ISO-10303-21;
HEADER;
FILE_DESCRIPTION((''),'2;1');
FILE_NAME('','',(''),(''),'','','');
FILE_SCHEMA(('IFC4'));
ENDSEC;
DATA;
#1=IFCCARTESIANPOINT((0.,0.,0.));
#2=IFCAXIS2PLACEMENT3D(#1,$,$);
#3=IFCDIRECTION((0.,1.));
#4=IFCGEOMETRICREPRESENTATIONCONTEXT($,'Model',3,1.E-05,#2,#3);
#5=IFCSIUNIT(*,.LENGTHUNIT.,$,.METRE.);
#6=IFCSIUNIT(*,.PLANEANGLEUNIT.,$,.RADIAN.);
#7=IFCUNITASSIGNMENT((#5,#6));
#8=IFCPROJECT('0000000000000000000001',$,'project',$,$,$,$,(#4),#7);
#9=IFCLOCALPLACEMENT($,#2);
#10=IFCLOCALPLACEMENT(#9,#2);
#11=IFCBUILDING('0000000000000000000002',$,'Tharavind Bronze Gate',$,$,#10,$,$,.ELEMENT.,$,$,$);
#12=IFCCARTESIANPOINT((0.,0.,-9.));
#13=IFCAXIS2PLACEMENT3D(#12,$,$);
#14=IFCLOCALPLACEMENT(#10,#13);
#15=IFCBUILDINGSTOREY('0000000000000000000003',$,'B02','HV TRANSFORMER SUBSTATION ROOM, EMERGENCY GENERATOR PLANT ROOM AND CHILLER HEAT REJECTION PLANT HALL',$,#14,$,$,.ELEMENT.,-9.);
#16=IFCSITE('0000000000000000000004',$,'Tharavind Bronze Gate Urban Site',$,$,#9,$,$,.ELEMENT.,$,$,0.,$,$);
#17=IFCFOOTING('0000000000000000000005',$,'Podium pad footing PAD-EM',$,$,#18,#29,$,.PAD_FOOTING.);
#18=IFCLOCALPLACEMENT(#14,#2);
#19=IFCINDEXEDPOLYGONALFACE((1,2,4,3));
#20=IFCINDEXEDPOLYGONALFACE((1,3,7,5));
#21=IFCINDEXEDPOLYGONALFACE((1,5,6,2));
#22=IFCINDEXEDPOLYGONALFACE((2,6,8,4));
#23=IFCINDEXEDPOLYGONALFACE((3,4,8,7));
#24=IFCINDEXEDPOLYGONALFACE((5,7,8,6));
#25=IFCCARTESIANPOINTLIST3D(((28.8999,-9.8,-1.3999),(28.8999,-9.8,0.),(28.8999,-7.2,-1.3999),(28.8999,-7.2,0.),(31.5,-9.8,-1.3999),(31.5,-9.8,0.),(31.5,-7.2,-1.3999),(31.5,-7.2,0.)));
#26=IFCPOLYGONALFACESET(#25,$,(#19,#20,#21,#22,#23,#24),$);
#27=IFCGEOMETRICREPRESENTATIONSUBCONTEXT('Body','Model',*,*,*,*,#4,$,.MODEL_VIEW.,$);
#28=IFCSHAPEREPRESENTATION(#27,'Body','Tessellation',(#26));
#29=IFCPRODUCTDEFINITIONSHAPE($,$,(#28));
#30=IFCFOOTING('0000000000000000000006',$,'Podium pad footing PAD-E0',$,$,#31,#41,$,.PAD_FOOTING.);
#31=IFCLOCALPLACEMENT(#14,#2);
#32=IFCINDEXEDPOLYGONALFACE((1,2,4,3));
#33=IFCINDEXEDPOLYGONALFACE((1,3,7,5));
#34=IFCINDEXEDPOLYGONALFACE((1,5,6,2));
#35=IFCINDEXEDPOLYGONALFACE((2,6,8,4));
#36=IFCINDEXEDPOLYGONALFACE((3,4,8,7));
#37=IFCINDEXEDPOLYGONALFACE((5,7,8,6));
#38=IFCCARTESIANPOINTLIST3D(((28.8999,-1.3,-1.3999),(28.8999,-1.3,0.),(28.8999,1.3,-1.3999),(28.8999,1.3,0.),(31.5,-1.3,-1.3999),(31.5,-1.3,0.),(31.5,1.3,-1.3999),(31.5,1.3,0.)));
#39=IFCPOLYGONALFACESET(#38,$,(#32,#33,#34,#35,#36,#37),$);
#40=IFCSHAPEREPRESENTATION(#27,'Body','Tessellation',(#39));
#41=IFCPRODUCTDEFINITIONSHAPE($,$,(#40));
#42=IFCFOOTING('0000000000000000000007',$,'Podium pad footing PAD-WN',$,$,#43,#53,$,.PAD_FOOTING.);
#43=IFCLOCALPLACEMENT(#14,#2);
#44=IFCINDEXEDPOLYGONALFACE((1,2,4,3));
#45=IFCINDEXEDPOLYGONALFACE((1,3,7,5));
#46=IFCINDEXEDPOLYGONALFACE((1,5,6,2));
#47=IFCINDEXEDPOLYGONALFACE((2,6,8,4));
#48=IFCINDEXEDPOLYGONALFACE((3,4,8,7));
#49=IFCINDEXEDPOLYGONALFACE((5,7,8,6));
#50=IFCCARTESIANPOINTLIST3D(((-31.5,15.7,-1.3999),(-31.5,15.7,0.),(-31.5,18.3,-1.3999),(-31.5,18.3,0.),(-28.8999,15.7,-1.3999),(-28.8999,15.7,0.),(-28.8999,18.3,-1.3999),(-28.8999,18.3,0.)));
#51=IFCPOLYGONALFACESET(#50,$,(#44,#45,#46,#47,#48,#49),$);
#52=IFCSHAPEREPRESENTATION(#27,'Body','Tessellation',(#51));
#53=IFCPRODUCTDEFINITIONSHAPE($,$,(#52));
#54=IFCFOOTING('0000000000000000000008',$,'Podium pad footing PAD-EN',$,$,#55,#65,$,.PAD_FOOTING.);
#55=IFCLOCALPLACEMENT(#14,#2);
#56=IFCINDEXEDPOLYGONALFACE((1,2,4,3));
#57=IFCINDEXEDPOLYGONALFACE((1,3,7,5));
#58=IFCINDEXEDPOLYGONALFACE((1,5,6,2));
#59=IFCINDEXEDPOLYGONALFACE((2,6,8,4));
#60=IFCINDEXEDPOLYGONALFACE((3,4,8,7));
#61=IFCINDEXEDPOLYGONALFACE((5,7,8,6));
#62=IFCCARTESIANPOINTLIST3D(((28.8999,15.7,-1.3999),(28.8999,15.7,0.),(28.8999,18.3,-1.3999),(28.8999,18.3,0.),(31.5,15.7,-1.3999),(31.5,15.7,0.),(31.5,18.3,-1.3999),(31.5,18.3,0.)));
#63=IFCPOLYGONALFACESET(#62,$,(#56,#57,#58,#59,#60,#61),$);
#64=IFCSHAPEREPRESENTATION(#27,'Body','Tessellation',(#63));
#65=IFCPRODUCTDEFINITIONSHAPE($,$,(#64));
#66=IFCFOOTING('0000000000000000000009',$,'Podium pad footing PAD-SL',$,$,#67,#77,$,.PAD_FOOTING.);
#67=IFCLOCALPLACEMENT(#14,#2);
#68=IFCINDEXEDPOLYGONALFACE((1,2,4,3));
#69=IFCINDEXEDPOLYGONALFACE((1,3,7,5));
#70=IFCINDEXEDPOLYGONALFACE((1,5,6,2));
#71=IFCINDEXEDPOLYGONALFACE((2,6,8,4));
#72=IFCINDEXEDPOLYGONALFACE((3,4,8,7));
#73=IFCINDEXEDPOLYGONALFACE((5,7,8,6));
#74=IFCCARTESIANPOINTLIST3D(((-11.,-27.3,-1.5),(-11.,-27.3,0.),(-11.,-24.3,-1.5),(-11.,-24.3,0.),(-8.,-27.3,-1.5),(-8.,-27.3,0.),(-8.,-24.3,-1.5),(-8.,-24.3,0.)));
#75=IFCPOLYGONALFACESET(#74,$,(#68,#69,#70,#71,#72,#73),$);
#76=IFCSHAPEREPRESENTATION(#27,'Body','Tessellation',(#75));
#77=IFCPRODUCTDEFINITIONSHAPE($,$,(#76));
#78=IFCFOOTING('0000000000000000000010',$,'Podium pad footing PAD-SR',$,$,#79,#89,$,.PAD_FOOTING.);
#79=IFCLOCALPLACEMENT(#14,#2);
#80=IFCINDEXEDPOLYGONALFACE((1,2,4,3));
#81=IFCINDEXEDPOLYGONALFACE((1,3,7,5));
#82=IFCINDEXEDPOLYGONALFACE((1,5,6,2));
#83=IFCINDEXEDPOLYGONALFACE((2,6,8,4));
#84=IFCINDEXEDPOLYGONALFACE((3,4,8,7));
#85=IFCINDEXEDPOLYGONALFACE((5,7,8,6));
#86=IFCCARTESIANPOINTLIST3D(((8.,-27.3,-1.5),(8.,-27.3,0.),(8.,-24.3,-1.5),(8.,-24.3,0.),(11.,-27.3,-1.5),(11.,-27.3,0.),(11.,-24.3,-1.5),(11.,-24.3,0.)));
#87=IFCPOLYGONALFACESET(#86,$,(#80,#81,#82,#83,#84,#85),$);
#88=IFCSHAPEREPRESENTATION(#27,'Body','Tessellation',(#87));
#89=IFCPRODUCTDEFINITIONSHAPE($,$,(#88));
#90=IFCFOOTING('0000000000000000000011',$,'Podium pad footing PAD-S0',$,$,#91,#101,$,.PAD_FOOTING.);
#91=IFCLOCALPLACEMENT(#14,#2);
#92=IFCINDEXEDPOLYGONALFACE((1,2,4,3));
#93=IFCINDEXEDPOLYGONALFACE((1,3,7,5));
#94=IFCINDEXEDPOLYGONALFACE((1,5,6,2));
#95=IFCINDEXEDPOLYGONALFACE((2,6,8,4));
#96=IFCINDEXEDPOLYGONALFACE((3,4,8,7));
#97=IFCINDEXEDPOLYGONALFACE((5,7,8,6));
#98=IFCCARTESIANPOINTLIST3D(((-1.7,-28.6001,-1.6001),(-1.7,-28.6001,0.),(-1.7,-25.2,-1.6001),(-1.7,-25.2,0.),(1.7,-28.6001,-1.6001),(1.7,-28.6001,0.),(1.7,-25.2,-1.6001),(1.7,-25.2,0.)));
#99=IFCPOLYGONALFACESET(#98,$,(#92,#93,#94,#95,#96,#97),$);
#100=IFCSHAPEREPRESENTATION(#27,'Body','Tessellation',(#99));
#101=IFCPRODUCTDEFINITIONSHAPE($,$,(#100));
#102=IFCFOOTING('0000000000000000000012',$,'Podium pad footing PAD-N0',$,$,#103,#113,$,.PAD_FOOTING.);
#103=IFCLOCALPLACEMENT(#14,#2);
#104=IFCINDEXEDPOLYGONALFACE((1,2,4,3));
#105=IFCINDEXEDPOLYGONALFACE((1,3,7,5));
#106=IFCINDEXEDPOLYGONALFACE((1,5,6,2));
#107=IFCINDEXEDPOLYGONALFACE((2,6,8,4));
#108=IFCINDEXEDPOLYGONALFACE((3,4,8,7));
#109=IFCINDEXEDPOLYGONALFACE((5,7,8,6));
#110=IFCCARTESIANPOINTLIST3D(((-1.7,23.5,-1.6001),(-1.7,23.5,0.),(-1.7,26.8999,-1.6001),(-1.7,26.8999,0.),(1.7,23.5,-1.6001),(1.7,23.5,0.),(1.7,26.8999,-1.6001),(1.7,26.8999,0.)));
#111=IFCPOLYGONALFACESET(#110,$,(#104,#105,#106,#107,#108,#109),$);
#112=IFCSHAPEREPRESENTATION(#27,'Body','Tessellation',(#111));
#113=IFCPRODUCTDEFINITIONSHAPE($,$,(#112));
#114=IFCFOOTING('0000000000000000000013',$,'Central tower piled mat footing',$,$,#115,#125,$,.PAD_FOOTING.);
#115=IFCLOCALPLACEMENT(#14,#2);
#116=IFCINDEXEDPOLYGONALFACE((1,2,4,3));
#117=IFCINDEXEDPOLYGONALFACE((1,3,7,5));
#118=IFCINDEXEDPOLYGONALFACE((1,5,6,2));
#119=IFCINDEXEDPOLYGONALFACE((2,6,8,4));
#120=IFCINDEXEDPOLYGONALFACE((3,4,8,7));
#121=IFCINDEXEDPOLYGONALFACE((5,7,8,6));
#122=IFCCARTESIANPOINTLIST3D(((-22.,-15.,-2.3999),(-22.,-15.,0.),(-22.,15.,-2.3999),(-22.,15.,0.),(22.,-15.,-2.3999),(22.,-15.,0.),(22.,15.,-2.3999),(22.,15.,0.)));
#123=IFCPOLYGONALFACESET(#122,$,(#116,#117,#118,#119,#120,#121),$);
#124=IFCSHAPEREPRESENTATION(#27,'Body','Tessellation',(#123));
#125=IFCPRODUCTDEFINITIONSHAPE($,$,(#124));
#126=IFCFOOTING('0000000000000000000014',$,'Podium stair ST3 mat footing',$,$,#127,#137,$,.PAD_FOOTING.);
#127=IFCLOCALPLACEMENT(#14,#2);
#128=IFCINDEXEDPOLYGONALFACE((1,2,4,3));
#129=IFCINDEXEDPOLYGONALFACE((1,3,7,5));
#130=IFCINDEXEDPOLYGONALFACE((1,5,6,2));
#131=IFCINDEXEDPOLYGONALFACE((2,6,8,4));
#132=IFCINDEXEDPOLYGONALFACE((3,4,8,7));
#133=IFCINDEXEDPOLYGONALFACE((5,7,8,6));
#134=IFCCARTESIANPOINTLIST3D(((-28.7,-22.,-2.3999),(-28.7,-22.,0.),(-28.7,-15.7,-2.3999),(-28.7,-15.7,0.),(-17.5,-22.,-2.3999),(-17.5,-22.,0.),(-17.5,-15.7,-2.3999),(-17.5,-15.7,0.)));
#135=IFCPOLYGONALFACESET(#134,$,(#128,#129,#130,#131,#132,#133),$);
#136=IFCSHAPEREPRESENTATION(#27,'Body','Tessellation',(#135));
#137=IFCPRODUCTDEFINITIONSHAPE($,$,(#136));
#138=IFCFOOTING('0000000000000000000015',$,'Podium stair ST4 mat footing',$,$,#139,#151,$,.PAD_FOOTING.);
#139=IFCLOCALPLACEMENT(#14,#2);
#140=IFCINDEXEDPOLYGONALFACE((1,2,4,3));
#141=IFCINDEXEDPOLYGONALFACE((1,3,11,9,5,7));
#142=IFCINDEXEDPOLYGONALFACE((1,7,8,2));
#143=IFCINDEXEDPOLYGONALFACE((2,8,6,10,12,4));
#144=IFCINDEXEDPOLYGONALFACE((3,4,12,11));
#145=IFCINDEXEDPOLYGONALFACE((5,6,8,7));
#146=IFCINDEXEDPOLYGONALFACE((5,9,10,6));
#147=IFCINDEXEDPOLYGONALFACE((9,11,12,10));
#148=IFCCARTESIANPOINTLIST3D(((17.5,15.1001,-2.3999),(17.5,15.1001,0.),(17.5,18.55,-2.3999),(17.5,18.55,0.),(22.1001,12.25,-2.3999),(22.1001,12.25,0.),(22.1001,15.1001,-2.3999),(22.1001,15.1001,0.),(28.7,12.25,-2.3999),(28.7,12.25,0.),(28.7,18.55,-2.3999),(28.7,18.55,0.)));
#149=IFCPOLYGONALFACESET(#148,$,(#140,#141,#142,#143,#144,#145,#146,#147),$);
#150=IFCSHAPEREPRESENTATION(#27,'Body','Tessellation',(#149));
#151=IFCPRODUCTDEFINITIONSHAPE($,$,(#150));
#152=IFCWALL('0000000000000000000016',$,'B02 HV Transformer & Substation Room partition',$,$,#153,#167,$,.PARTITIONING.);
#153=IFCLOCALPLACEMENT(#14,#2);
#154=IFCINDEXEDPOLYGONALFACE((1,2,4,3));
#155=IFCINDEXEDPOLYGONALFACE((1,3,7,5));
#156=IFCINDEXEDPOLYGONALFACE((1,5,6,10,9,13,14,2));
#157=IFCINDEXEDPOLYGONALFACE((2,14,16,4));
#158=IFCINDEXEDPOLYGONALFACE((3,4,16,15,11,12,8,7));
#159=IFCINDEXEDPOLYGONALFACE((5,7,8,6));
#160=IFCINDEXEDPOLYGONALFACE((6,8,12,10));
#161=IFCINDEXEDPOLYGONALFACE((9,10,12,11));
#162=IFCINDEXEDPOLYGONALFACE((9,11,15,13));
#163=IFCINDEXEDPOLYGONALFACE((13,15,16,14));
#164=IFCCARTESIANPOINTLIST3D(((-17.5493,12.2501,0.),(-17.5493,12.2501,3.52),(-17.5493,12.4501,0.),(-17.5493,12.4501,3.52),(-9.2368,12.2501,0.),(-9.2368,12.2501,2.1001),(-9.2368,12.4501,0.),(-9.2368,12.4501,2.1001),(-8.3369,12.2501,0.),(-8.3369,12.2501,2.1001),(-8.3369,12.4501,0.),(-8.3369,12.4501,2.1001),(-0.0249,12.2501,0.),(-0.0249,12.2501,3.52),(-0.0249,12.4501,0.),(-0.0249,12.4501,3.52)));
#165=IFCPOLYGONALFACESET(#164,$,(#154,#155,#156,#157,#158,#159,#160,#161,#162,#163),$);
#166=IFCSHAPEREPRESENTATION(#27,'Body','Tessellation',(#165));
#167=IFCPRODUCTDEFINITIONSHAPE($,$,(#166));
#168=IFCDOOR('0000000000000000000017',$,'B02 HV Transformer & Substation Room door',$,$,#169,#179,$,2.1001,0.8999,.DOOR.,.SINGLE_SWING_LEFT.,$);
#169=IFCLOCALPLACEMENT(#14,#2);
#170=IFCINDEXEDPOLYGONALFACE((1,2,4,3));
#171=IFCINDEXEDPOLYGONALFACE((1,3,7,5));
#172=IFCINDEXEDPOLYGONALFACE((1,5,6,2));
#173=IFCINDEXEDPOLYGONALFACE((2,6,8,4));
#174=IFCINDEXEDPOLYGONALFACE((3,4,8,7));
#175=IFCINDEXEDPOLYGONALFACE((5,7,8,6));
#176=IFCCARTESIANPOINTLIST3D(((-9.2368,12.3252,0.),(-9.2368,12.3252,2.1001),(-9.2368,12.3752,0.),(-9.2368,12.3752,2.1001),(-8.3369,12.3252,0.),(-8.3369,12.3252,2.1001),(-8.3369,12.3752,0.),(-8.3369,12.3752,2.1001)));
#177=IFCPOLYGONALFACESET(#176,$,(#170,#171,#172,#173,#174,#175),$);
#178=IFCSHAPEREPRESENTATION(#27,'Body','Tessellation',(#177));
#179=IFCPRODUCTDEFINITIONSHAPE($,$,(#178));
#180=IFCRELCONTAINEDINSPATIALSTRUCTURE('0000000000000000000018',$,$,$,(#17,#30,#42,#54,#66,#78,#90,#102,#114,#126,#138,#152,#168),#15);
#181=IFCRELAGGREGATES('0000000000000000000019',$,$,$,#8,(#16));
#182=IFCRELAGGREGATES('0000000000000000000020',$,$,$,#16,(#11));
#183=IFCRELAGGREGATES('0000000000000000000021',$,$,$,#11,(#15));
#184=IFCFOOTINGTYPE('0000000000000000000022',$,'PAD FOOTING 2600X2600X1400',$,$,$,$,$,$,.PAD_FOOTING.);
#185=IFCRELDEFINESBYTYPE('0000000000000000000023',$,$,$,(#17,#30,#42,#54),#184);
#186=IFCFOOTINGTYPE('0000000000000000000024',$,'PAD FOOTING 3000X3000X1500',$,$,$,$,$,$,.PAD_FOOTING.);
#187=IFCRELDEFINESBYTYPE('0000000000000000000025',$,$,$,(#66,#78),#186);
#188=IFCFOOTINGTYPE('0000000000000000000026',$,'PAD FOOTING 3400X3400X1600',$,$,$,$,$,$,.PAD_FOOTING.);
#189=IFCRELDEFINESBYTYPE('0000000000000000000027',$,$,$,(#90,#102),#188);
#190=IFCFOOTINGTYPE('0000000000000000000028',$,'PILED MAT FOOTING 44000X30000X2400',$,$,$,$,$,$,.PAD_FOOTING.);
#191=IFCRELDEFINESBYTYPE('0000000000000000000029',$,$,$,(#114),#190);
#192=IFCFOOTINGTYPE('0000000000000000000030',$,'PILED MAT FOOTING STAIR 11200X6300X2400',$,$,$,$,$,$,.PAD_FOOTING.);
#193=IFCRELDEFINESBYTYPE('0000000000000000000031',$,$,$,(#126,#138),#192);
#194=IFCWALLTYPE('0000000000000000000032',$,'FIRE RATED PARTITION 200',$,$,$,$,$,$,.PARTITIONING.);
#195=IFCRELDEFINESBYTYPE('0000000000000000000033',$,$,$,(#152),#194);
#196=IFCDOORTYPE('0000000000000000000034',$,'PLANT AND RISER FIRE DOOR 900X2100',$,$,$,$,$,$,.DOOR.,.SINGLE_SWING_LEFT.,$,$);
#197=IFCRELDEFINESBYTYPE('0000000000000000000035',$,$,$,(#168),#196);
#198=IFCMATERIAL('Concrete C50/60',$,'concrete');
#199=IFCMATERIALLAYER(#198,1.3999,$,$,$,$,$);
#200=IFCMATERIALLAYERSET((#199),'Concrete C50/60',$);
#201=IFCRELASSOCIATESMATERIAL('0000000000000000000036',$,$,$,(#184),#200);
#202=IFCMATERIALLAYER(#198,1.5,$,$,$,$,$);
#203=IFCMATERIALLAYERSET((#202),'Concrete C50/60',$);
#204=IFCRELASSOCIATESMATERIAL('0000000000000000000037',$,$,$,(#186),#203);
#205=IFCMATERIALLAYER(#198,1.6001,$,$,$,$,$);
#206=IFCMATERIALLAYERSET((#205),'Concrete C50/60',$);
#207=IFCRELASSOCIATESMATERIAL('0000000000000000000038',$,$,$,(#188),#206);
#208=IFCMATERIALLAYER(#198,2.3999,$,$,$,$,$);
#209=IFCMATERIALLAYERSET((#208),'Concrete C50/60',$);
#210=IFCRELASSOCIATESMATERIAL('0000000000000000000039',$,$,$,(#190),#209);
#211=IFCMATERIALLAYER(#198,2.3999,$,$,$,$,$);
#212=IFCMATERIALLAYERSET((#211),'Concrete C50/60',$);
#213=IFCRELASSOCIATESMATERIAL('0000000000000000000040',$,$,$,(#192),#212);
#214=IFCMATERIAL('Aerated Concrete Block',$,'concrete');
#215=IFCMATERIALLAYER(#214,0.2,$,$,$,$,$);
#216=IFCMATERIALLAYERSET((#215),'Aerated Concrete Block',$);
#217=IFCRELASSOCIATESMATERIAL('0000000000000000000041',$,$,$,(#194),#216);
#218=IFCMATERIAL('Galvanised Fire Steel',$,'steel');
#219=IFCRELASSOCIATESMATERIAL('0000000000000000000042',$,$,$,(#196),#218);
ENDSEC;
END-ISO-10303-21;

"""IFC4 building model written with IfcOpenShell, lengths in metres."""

from ifc_helpers import new_model, si_unit, direction, frame, frame_2d, origin, place, context, subcontext, project, spatial, polyline, rectangle, outline, extrude, material, layer, layer_set, type_object, element, fill, save


model = new_model("IFC4")

# Units and contexts
model_context = context("Model", 3, precision=1e-05, world=origin(), true_north=direction((0.0, 1.0)))
body_context = subcontext(model_context, "Body", "Model", "MODEL_VIEW")
ifc_project = project(units=[si_unit("LENGTHUNIT", "METRE"), si_unit("PLANEANGLEUNIT", "RADIAN")], contexts=[model_context])

# Site, building, storey
site_placement = place(None, origin())
site = spatial("IfcSite", under=ifc_project, at=site_placement, Name="Tharavind Bronze Gate Urban Site", CompositionType="ELEMENT", RefElevation=0.0)
building_placement = place(site_placement, origin())
building = spatial("IfcBuilding", under=site, at=building_placement, Name="Tharavind Bronze Gate", CompositionType="ELEMENT")
storey_placement = place(building_placement, frame((0.0, 0.0, -9.0)))
storey = spatial("IfcBuildingStorey", under=building, at=storey_placement, Name="B02", Description="HV TRANSFORMER SUBSTATION ROOM, EMERGENCY GENERATOR PLANT ROOM AND CHILLER HEAT REJECTION PLANT HALL", CompositionType="ELEMENT", Elevation=-9.0)

# Shared definitions
ifc_material_1 = material(Name="Concrete C50/60", Category="concrete")

# Footings
ifc_layer_1 = layer(ifc_material_1, 1.3999)
ifc_layer_set_1 = layer_set([ifc_layer_1], Name="Concrete C50/60")
footing_type_1 = type_object("IfcFootingType", Name="PAD FOOTING 2600X2600X1400", PredefinedType="PAD_FOOTING", material=ifc_layer_set_1)
footing_1_placement = place(storey_placement, frame((0.0, 0.0, -1.3999)))
element("IfcFooting", 1, at=footing_1_placement, inside=storey, type_object=footing_type_1, Name="Podium pad footing PAD-EM", PredefinedType="PAD_FOOTING", context=body_context, shape_type="SweptSolid", body=[
    extrude(outline(polyline([(28.8999, -9.8), (31.5, -9.8), (31.5, -7.2), (28.8999, -7.2), (28.8999, -9.8)])), origin(), (0.0, 0.0, 1.0), 1.3999),
])
footing_2_placement = place(storey_placement, frame((0.0, 0.0, -1.3999)))
element("IfcFooting", 2, at=footing_2_placement, inside=storey, type_object=footing_type_1, Name="Podium pad footing PAD-E0", PredefinedType="PAD_FOOTING", context=body_context, shape_type="SweptSolid", body=[
    extrude(outline(polyline([(28.8999, -1.3), (31.5, -1.3), (31.5, 1.3), (28.8999, 1.3), (28.8999, -1.3)])), origin(), (0.0, 0.0, 1.0), 1.3999),
])
footing_3_placement = place(storey_placement, frame((0.0, 0.0, -1.3999)))
element("IfcFooting", 3, at=footing_3_placement, inside=storey, type_object=footing_type_1, Name="Podium pad footing PAD-WN", PredefinedType="PAD_FOOTING", context=body_context, shape_type="SweptSolid", body=[
    extrude(outline(polyline([(-31.5, 15.7), (-28.8999, 15.7), (-28.8999, 18.3), (-31.5, 18.3), (-31.5, 15.7)])), origin(), (0.0, 0.0, 1.0), 1.3999),
])
footing_4_placement = place(storey_placement, frame((0.0, 0.0, -1.3999)))
element("IfcFooting", 4, at=footing_4_placement, inside=storey, type_object=footing_type_1, Name="Podium pad footing PAD-EN", PredefinedType="PAD_FOOTING", context=body_context, shape_type="SweptSolid", body=[
    extrude(outline(polyline([(28.8999, 15.7), (31.5, 15.7), (31.5, 18.3), (28.8999, 18.3), (28.8999, 15.7)])), origin(), (0.0, 0.0, 1.0), 1.3999),
])
ifc_layer_2 = layer(ifc_material_1, 1.5)
ifc_layer_set_2 = layer_set([ifc_layer_2], Name="Concrete C50/60")
footing_type_2 = type_object("IfcFootingType", Name="PAD FOOTING 3000X3000X1500", PredefinedType="PAD_FOOTING", material=ifc_layer_set_2)
footing_5_placement = place(storey_placement, frame((0.0, 0.0, -1.5)))
element("IfcFooting", 5, at=footing_5_placement, inside=storey, type_object=footing_type_2, Name="Podium pad footing PAD-SL", PredefinedType="PAD_FOOTING", context=body_context, shape_type="SweptSolid", body=[
    extrude(outline(polyline([(-11.0, -27.3), (-8.0, -27.3), (-8.0, -24.3), (-11.0, -24.3), (-11.0, -27.3)])), origin(), (0.0, 0.0, 1.0), 1.5),
])
footing_6_placement = place(storey_placement, frame((0.0, 0.0, -1.5)))
element("IfcFooting", 6, at=footing_6_placement, inside=storey, type_object=footing_type_2, Name="Podium pad footing PAD-SR", PredefinedType="PAD_FOOTING", context=body_context, shape_type="SweptSolid", body=[
    extrude(outline(polyline([(8.0, -27.3), (11.0, -27.3), (11.0, -24.3), (8.0, -24.3), (8.0, -27.3)])), origin(), (0.0, 0.0, 1.0), 1.5),
])
ifc_layer_3 = layer(ifc_material_1, 1.6001)
ifc_layer_set_3 = layer_set([ifc_layer_3], Name="Concrete C50/60")
footing_type_3 = type_object("IfcFootingType", Name="PAD FOOTING 3400X3400X1600", PredefinedType="PAD_FOOTING", material=ifc_layer_set_3)
footing_7_placement = place(storey_placement, frame((0.0, 0.0, -1.6001)))
element("IfcFooting", 7, at=footing_7_placement, inside=storey, type_object=footing_type_3, Name="Podium pad footing PAD-S0", PredefinedType="PAD_FOOTING", context=body_context, shape_type="SweptSolid", body=[
    extrude(outline(polyline([(-1.7, -28.6001), (1.7, -28.6001), (1.7, -25.2), (-1.7, -25.2), (-1.7, -28.6001)])), origin(), (0.0, 0.0, 1.0), 1.6001),
])
footing_8_placement = place(storey_placement, frame((0.0, 0.0, -1.6001)))
element("IfcFooting", 8, at=footing_8_placement, inside=storey, type_object=footing_type_3, Name="Podium pad footing PAD-N0", PredefinedType="PAD_FOOTING", context=body_context, shape_type="SweptSolid", body=[
    extrude(outline(polyline([(-1.7, 23.5), (1.7, 23.5), (1.7, 26.8999), (-1.7, 26.8999), (-1.7, 23.5)])), origin(), (0.0, 0.0, 1.0), 1.6001),
])
ifc_layer_4 = layer(ifc_material_1, 2.3999)
ifc_layer_set_4 = layer_set([ifc_layer_4], Name="Concrete C50/60")
footing_type_4 = type_object("IfcFootingType", Name="PILED MAT FOOTING 44000X30000X2400", PredefinedType="PAD_FOOTING", material=ifc_layer_set_4)
footing_9_placement = place(storey_placement, frame((0.0, 0.0, -2.3999)))
element("IfcFooting", 9, at=footing_9_placement, inside=storey, type_object=footing_type_4, Name="Central tower piled mat footing", PredefinedType="PAD_FOOTING", context=body_context, shape_type="SweptSolid", body=[
    extrude(outline(polyline([(-22.0, -15.0), (22.0, -15.0), (22.0, 15.0), (-22.0, 15.0), (-22.0, -15.0)])), origin(), (0.0, 0.0, 1.0), 2.3999),
])
ifc_layer_5 = layer(ifc_material_1, 2.3999)
ifc_layer_set_5 = layer_set([ifc_layer_5], Name="Concrete C50/60")
footing_type_5 = type_object("IfcFootingType", Name="PILED MAT FOOTING STAIR 11200X6300X2400", PredefinedType="PAD_FOOTING", material=ifc_layer_set_5)
footing_10_placement = place(storey_placement, frame((0.0, 0.0, -2.3999)))
element("IfcFooting", 10, at=footing_10_placement, inside=storey, type_object=footing_type_5, Name="Podium stair ST3 mat footing", PredefinedType="PAD_FOOTING", context=body_context, shape_type="SweptSolid", body=[
    extrude(outline(polyline([(-28.7, -22.0), (-17.5, -22.0), (-17.5, -15.7), (-28.7, -15.7), (-28.7, -22.0)])), origin(), (0.0, 0.0, 1.0), 2.3999),
])
footing_11_placement = place(storey_placement, frame((0.0, 0.0, -2.3999)))
element("IfcFooting", 11, at=footing_11_placement, inside=storey, type_object=footing_type_5, Name="Podium stair ST4 mat footing", PredefinedType="PAD_FOOTING", context=body_context, shape_type="SweptSolid", body=[
    extrude(outline(polyline([(17.5, 15.1001), (22.1001, 15.1001), (22.1001, 12.25), (28.7, 12.25), (28.7, 18.55), (17.5, 18.55), (17.5, 15.1001)])), origin(), (0.0, 0.0, 1.0), 2.3999),
])

# Wall, opening, door
ifc_material_2 = material(Name="Aerated Concrete Block", Category="concrete")
ifc_layer_6 = layer(ifc_material_2, 0.2)
ifc_layer_set_6 = layer_set([ifc_layer_6], Name="Aerated Concrete Block")
wall_type_1 = type_object("IfcWallType", Name="FIRE RATED PARTITION 200", PredefinedType="PARTITIONING", material=ifc_layer_set_6)
wall_1_placement = place(storey_placement, frame((-0.0249, 12.3501, 0.0), z_axis=(0.0, 0.0, 1.0), x_axis=(-1.0, 0.0, 0.0)))
wall_1 = element("IfcWall", 12, at=wall_1_placement, inside=storey, type_object=wall_type_1, Name="B02 HV Transformer & Substation Room partition", PredefinedType="PARTITIONING", context=body_context, shape_type="SweptSolid", body=[
    extrude(rectangle(XDim=17.5244, YDim=0.2, at=frame_2d((8.7622, 0.0))), origin(), (0.0, 0.0, 1.0), 3.52),
])
opening_placement = place(wall_1_placement, frame((8.312, 0.0, 0.0)))
opening = element("IfcOpeningElement", 13, at=opening_placement, cuts=wall_1, PredefinedType="OPENING", context=body_context, shape_type="SweptSolid", body=[
    extrude(rectangle(XDim=0.8999, YDim=2.1001, at=frame_2d((0.45, 1.05))), frame((0.0, 0.1101, 0.0), z_axis=(0.0, -1.0, 0.0), x_axis=(1.0, 0.0, 0.0)), (0.0, 0.0, 1.0), 0.22),
])
ifc_material_3 = material(Name="Galvanised Fire Steel", Category="steel")
door_type = type_object("IfcDoorType", Name="PLANT AND RISER FIRE DOOR 900X2100", OperationType="SINGLE_SWING_LEFT", PredefinedType="DOOR", material=ifc_material_3)
door_placement = place(opening_placement, origin())
door = element("IfcDoor", 14, at=door_placement, inside=storey, type_object=door_type, Name="B02 HV Transformer & Substation Room door", OperationType="SINGLE_SWING_LEFT", OverallHeight=2.1001, OverallWidth=0.8999, PredefinedType="DOOR", context=body_context, shape_type="SweptSolid", body=[
    extrude(rectangle(XDim=0.8999, YDim=2.1001, at=frame_2d((0.45, 1.05))), frame((0.0, 0.0249, 0.0), z_axis=(0.0, -1.0, 0.0), x_axis=(1.0, 0.0, 0.0)), (0.0, 0.0, 1.0), 0.05),
])
fill(opening, door)

save(model, "model.ifc")
